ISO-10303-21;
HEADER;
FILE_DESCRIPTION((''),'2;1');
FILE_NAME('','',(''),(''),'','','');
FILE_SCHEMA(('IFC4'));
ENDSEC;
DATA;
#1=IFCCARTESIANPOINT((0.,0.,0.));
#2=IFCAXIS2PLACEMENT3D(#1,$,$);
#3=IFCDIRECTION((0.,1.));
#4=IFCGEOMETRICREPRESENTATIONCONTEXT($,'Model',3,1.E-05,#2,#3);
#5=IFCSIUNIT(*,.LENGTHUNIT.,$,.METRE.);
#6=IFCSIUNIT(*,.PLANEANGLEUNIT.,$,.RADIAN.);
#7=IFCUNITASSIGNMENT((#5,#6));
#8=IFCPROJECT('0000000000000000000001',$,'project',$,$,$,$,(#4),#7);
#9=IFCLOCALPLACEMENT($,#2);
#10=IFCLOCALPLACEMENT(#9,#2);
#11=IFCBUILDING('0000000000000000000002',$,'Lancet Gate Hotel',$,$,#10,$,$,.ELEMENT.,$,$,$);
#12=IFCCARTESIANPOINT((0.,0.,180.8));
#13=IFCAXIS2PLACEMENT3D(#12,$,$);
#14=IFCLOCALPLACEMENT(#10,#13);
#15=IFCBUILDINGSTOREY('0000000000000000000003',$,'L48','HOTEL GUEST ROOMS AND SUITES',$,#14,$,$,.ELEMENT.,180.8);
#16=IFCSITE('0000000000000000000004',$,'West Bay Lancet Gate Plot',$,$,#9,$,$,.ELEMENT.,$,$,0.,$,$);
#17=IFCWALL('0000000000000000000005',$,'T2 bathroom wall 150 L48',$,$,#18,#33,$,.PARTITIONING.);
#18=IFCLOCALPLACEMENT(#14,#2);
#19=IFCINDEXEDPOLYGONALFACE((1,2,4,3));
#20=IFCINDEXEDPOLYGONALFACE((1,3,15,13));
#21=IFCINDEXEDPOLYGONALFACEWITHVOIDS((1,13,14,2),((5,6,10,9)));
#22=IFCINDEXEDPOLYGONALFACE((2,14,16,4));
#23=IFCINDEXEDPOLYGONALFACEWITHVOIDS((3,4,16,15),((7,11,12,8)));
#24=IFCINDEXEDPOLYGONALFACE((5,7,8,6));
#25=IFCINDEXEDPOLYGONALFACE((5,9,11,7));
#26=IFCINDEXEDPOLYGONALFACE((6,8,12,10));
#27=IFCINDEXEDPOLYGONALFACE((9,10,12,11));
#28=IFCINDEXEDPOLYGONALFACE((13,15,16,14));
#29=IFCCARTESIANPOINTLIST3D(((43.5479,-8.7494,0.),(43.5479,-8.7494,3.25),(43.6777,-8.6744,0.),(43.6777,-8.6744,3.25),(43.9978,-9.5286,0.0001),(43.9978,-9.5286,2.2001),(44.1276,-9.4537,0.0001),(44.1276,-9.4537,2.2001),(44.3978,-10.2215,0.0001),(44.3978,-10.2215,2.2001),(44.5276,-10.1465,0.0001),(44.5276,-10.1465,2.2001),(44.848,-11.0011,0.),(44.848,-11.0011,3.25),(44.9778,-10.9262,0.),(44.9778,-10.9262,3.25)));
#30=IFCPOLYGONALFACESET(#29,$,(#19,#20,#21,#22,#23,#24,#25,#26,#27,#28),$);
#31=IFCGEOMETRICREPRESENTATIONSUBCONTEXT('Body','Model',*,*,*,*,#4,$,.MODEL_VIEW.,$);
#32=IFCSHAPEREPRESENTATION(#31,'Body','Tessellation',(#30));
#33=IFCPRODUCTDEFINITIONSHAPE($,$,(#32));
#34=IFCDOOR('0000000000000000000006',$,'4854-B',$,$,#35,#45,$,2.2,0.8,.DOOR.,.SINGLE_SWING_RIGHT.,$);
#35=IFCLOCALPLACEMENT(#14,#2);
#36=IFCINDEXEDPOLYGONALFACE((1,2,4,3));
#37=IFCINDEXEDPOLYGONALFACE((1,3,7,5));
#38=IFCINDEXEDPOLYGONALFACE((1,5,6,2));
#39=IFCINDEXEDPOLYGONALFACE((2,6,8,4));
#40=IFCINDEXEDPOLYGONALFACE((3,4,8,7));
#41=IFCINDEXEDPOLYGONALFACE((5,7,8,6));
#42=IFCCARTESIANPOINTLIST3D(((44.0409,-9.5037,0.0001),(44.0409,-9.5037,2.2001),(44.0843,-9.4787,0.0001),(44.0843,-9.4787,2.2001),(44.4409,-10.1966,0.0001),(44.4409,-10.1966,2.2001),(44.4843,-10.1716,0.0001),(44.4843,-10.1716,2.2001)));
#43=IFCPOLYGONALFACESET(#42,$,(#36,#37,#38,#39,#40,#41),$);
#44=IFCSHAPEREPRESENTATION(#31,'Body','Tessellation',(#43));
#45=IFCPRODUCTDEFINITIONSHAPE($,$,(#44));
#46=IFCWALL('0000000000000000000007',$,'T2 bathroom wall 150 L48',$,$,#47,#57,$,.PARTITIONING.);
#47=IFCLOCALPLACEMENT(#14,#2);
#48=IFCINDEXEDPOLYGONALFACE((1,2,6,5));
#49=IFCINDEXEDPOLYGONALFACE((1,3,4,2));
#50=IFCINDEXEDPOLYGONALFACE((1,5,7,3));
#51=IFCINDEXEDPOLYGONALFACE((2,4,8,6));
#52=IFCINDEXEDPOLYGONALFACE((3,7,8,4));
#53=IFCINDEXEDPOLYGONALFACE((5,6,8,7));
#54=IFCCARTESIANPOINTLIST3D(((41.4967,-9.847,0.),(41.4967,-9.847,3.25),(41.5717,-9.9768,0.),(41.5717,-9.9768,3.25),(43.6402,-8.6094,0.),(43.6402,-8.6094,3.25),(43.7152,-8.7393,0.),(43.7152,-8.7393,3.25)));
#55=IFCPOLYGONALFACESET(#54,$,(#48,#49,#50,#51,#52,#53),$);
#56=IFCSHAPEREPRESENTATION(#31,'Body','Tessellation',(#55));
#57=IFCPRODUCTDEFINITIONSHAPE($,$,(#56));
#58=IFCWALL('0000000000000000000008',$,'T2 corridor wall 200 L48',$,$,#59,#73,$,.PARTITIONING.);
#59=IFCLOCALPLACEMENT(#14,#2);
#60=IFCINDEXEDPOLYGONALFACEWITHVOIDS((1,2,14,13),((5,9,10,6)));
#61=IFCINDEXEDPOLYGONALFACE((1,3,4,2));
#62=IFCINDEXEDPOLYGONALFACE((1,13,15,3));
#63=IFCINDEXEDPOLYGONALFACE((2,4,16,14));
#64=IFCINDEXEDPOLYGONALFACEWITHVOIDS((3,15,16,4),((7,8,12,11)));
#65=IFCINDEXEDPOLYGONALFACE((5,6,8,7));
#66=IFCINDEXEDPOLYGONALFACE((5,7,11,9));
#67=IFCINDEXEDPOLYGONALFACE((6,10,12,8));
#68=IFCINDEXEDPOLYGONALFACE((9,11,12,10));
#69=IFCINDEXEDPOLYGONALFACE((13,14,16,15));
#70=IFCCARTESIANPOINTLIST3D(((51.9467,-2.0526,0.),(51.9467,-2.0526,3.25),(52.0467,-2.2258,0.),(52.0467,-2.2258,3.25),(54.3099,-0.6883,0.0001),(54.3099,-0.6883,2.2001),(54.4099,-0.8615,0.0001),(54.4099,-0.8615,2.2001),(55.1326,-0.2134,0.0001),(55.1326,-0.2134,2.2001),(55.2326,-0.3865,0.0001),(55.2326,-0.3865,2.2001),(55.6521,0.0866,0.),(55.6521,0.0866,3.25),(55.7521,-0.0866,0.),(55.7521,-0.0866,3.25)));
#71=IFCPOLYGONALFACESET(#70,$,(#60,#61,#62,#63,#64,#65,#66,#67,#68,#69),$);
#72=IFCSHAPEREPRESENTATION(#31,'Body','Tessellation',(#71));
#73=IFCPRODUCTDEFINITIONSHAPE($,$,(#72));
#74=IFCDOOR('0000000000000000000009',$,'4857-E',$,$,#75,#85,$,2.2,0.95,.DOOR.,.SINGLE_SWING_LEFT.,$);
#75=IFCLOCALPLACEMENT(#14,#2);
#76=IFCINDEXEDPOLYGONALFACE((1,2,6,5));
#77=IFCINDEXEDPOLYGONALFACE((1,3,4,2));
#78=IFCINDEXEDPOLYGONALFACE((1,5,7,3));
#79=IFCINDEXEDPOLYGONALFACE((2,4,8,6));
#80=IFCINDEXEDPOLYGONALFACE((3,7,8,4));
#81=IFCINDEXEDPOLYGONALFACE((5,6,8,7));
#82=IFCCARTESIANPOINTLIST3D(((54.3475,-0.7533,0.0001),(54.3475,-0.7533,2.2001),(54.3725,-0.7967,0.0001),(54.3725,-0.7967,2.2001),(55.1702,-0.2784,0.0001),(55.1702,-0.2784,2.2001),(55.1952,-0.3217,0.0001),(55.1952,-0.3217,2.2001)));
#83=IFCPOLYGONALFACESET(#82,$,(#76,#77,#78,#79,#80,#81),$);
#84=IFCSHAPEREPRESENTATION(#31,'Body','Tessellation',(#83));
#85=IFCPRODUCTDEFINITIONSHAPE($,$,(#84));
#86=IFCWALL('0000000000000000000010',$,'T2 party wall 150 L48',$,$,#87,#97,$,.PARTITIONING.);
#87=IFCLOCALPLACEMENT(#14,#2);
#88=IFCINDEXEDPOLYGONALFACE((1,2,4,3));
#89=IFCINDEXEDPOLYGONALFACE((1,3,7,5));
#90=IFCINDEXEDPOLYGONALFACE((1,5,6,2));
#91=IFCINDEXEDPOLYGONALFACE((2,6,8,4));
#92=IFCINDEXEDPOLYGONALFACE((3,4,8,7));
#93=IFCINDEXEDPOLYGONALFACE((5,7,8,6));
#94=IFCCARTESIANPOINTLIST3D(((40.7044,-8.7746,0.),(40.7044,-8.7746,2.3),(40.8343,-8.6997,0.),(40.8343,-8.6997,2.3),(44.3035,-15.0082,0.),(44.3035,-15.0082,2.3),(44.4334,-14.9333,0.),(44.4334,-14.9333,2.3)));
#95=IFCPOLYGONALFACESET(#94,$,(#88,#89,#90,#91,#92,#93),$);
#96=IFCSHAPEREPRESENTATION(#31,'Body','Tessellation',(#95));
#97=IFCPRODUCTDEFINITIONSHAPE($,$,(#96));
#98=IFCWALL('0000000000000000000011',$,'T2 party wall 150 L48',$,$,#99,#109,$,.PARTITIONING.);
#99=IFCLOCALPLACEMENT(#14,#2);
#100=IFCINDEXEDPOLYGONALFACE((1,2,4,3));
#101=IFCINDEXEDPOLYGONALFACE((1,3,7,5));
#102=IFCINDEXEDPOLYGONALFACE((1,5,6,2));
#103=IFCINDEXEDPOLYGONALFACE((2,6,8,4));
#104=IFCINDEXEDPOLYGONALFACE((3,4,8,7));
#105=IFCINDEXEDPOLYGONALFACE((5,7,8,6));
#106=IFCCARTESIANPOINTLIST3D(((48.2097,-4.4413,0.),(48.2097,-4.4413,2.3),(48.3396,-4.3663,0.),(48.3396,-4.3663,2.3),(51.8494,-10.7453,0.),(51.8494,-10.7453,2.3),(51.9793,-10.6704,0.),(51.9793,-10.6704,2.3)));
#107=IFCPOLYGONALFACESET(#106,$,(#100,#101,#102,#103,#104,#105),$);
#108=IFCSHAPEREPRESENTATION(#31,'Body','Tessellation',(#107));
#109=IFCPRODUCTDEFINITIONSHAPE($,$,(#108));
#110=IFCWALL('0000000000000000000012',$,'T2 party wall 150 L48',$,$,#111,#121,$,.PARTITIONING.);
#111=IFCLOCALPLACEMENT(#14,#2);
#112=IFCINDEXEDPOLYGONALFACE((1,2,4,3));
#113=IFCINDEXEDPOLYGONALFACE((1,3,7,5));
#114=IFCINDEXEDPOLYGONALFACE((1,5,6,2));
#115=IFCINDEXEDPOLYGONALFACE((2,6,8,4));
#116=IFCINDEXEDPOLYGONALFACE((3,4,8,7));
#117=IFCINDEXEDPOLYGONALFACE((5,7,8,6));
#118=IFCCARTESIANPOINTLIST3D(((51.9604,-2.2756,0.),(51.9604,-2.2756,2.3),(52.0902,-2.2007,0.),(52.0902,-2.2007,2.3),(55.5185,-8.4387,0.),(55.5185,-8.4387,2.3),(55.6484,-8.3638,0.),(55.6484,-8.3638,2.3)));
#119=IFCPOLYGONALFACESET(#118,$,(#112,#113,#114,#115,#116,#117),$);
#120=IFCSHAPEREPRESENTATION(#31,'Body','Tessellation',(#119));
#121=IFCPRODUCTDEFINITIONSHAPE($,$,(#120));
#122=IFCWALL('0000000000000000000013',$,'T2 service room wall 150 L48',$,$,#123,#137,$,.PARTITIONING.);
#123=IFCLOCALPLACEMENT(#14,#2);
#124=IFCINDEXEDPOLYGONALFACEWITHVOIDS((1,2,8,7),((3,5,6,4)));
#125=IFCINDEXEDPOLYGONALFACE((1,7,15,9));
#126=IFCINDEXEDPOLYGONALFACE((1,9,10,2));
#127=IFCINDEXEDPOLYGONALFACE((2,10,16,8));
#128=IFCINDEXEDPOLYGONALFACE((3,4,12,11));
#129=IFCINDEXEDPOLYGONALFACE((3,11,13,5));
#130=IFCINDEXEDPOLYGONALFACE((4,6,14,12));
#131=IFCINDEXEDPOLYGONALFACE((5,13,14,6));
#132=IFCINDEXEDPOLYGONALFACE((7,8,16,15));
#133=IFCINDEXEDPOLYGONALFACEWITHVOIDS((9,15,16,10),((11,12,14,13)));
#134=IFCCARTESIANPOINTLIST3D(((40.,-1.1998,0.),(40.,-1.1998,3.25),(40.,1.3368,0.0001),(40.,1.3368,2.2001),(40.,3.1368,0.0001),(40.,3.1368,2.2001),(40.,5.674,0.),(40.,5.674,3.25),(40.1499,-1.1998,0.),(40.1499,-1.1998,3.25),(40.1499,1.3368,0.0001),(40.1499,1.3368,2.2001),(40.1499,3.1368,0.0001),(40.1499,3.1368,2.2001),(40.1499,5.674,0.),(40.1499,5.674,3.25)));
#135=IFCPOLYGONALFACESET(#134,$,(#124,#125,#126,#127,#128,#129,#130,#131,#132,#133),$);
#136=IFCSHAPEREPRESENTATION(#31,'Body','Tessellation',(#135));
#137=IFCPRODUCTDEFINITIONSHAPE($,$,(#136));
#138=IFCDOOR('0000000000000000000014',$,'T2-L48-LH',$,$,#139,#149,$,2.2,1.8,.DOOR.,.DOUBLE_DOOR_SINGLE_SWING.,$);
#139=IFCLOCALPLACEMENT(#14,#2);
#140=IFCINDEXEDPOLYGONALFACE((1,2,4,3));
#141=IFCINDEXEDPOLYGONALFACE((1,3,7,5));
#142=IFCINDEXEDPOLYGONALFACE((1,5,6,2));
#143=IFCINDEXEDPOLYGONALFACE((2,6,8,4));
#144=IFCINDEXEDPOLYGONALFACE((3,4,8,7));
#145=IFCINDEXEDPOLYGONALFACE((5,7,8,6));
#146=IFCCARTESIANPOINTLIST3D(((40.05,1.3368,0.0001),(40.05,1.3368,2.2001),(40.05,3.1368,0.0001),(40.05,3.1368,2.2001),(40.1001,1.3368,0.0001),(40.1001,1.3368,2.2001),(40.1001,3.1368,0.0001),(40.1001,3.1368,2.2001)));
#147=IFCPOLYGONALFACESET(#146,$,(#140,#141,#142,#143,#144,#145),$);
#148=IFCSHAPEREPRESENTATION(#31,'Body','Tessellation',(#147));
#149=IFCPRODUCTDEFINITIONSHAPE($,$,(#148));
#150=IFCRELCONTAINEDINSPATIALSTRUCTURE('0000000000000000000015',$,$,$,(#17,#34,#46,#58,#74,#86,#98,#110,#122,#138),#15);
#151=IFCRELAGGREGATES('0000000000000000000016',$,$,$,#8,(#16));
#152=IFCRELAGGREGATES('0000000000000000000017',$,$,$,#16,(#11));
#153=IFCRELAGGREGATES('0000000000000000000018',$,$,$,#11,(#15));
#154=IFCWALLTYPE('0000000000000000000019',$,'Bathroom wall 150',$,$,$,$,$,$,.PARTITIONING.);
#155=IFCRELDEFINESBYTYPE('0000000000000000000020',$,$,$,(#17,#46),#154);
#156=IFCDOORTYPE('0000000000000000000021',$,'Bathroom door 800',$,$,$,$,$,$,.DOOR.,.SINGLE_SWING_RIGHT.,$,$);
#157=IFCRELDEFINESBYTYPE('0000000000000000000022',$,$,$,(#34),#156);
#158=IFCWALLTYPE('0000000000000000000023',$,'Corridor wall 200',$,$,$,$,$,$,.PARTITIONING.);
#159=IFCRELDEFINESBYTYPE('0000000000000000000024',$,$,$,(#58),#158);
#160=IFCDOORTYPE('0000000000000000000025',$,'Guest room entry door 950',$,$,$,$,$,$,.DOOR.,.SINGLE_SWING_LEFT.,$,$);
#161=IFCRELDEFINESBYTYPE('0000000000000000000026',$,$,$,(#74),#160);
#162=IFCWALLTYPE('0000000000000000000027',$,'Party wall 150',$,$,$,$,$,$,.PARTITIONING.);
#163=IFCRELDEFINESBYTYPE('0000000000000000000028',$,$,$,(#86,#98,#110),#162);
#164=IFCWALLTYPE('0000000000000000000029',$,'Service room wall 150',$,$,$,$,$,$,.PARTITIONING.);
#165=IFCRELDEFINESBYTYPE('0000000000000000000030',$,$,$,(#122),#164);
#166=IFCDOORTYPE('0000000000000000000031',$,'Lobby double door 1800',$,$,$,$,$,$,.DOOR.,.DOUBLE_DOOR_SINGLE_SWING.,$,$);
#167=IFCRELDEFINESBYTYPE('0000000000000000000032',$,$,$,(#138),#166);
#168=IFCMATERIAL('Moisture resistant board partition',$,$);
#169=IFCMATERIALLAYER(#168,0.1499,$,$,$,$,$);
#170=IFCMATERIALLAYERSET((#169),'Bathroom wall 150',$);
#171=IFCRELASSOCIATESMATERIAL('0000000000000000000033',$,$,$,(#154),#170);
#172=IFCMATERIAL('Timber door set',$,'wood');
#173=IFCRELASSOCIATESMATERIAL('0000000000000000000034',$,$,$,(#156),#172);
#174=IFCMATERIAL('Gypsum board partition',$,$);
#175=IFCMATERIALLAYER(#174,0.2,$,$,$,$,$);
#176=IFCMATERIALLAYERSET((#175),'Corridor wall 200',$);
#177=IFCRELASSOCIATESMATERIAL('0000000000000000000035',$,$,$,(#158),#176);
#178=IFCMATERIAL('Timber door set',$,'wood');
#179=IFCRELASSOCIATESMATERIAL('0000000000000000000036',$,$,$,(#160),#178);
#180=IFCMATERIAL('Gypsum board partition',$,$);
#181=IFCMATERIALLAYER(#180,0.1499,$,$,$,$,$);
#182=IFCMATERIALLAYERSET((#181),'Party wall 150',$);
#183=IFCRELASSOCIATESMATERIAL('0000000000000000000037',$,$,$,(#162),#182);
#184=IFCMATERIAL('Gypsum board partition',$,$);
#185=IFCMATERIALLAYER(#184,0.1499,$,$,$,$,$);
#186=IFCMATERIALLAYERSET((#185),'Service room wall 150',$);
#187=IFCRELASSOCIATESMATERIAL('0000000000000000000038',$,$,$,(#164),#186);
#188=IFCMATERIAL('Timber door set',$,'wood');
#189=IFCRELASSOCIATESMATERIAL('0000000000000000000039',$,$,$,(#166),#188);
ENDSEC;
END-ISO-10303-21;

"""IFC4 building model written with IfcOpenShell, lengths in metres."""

from ifc_helpers import new_model, si_unit, direction, frame, frame_2d, origin, place, context, subcontext, project, spatial, rectangle, extrude, material, layer, layer_set, type_object, element, fill, save


model = new_model("IFC4")

# Units and contexts
model_context = context("Model", 3, precision=1e-05, world=origin(), true_north=direction((0.0, 1.0)))
body_context = subcontext(model_context, "Body", "Model", "MODEL_VIEW")
ifc_project = project(units=[si_unit("LENGTHUNIT", "METRE"), si_unit("PLANEANGLEUNIT", "RADIAN")], contexts=[model_context])

# Site, building, storey
site_placement = place(None, origin())
site = spatial("IfcSite", under=ifc_project, at=site_placement, Name="West Bay Lancet Gate Plot", CompositionType="ELEMENT", RefElevation=0.0)
building_placement = place(site_placement, origin())
building = spatial("IfcBuilding", under=site, at=building_placement, Name="Lancet Gate Hotel", CompositionType="ELEMENT")
storey_placement = place(building_placement, frame((0.0, 0.0, 180.8)))
storey = spatial("IfcBuildingStorey", under=building, at=storey_placement, Name="L48", Description="HOTEL GUEST ROOMS AND SUITES", CompositionType="ELEMENT", Elevation=180.8)

# Shared definitions
ifc_material_1 = material(Name="Moisture resistant board partition")
ifc_layer_1 = layer(ifc_material_1, 0.1499)
ifc_layer_set_1 = layer_set([ifc_layer_1], Name="Bathroom wall 150")
wall_type_1 = type_object("IfcWallType", Name="Bathroom wall 150", PredefinedType="PARTITIONING", material=ifc_layer_set_1)

# Wall, opening, door
wall_1_placement = place(storey_placement, frame((43.6128, -8.7119, 0.0), z_axis=(0.0, 0.0, 1.0), x_axis=(0.500007, -0.866021, 0.0)))
wall_1 = element("IfcWall", 1, at=wall_1_placement, inside=storey, type_object=wall_type_1, Name="T2 bathroom wall 150 L48", PredefinedType="PARTITIONING", context=body_context, shape_type="SweptSolid", body=[
    extrude(rectangle(XDim=2.6001, YDim=0.1499, at=frame_2d((1.3, 0.0))), origin(), (0.0, 0.0, 1.0), 3.25),
])
opening_1_placement = place(wall_1_placement, frame((0.8999, 0.0, 0.0)))
opening_1 = element("IfcOpeningElement", 2, at=opening_1_placement, cuts=wall_1, PredefinedType="OPENING", context=body_context, shape_type="SweptSolid", body=[
    extrude(rectangle(XDim=0.8, YDim=2.2, at=frame_2d((0.3999, 1.1001))), frame((0.0, 0.085, 0.0), z_axis=(0.0, -1.0, 0.0), x_axis=(1.0, 0.0, 0.0)), (0.0, 0.0, 1.0), 0.1699),
])
ifc_material_2 = material(Name="Timber door set", Category="wood")
door_type_1 = type_object("IfcDoorType", Name="Bathroom door 800", OperationType="SINGLE_SWING_RIGHT", PredefinedType="DOOR", material=ifc_material_2)
door_1_placement = place(opening_1_placement, origin())
door_1 = element("IfcDoor", 3, at=door_1_placement, inside=storey, type_object=door_type_1, Name="4854-B", OperationType="SINGLE_SWING_RIGHT", OverallHeight=2.2, OverallWidth=0.8, PredefinedType="DOOR", context=body_context, shape_type="SweptSolid", body=[
    extrude(rectangle(XDim=0.8, YDim=2.2, at=frame_2d((0.3999, 1.1001))), frame((0.0, 0.0249, 0.0), z_axis=(0.0, -1.0, 0.0), x_axis=(1.0, 0.0, 0.0)), (0.0, 0.0, 1.0), 0.05),
])
fill(opening_1, door_1)

# Wall
wall_2_placement = place(storey_placement, frame((41.5342, -9.9119, 0.0), z_axis=(0.0, 0.0, 1.0), x_axis=(0.866031, 0.49999, 0.0)))
element("IfcWall", 4, at=wall_2_placement, inside=storey, type_object=wall_type_1, Name="T2 bathroom wall 150 L48", PredefinedType="PARTITIONING", context=body_context, shape_type="SweptSolid", body=[
    extrude(rectangle(XDim=2.4751, YDim=0.1499, at=frame_2d((1.2375, 0.0))), origin(), (0.0, 0.0, 1.0), 3.25),
])

# Wall, opening, door
ifc_material_3 = material(Name="Gypsum board partition")
ifc_layer_2 = layer(ifc_material_3, 0.2)
ifc_layer_set_2 = layer_set([ifc_layer_2], Name="Corridor wall 200")
wall_type_2 = type_object("IfcWallType", Name="Corridor wall 200", PredefinedType="PARTITIONING", material=ifc_layer_set_2)
wall_3_placement = place(storey_placement, frame((51.9968, -2.1392, 0.0), z_axis=(0.0, 0.0, 1.0), x_axis=(0.866036, 0.499981, 0.0)))
wall_3 = element("IfcWall", 5, at=wall_3_placement, inside=storey, type_object=wall_type_2, Name="T2 corridor wall 200 L48", PredefinedType="PARTITIONING", context=body_context, shape_type="SweptSolid", body=[
    extrude(rectangle(XDim=4.2786, YDim=0.2, at=frame_2d((2.1392, 0.0))), origin(), (0.0, 0.0, 1.0), 3.25),
])
opening_2_placement = place(wall_3_placement, frame((2.7285, 0.0, 0.0)))
opening_2 = element("IfcOpeningElement", 6, at=opening_2_placement, cuts=wall_3, PredefinedType="OPENING", context=body_context, shape_type="SweptSolid", body=[
    extrude(rectangle(XDim=0.95, YDim=2.2, at=frame_2d((0.4751, 1.1001))), frame((0.0, 0.1099, 0.0), z_axis=(0.0, -1.0, 0.0), x_axis=(1.0, 0.0, 0.0)), (0.0, 0.0, 1.0), 0.22),
])
ifc_material_4 = material(Name="Timber door set", Category="wood")
door_type_2 = type_object("IfcDoorType", Name="Guest room entry door 950", OperationType="SINGLE_SWING_LEFT", PredefinedType="DOOR", material=ifc_material_4)
door_2_placement = place(opening_2_placement, origin())
door_2 = element("IfcDoor", 7, at=door_2_placement, inside=storey, type_object=door_type_2, Name="4857-E", OperationType="SINGLE_SWING_LEFT", OverallHeight=2.2, OverallWidth=0.95, PredefinedType="DOOR", context=body_context, shape_type="SweptSolid", body=[
    extrude(rectangle(XDim=0.95, YDim=2.2, at=frame_2d((0.4751, 1.1001))), frame((0.0, 0.0249, 0.0), z_axis=(0.0, -1.0, 0.0), x_axis=(1.0, 0.0, 0.0)), (0.0, 0.0, 1.0), 0.05),
])
fill(opening_2, door_2)

# Walls
ifc_material_5 = material(Name="Gypsum board partition")
ifc_layer_3 = layer(ifc_material_5, 0.1499)
ifc_layer_set_3 = layer_set([ifc_layer_3], Name="Party wall 150")
wall_type_3 = type_object("IfcWallType", Name="Party wall 150", PredefinedType="PARTITIONING", material=ifc_layer_set_3)
wall_4_placement = place(storey_placement, frame((40.7693, -8.7371, 0.0), z_axis=(0.0, 0.0, 1.0), x_axis=(0.500013, -0.866018, 0.0)))
element("IfcWall", 8, at=wall_4_placement, inside=storey, type_object=wall_type_3, Name="T2 party wall 150 L48", PredefinedType="PARTITIONING", context=body_context, shape_type="SweptSolid", body=[
    extrude(rectangle(XDim=7.198, YDim=0.1499, at=frame_2d((3.5991, 0.0))), origin(), (0.0, 0.0, 1.0), 2.3),
])
wall_5_placement = place(storey_placement, frame((48.2747, -4.4038, 0.0), z_axis=(0.0, 0.0, 1.0), x_axis=(0.500006, -0.866022, 0.0)))
element("IfcWall", 9, at=wall_5_placement, inside=storey, type_object=wall_type_3, Name="T2 party wall 150 L48", PredefinedType="PARTITIONING", context=body_context, shape_type="SweptSolid", body=[
    extrude(rectangle(XDim=7.2793, YDim=0.1499, at=frame_2d((3.6396, 0.0))), origin(), (0.0, 0.0, 1.0), 2.3),
])
wall_6_placement = place(storey_placement, frame((52.0254, -2.2383, 0.0), z_axis=(0.0, 0.0, 1.0), x_axis=(0.499984, -0.866035, 0.0)))
element("IfcWall", 10, at=wall_6_placement, inside=storey, type_object=wall_type_3, Name="T2 party wall 150 L48", PredefinedType="PARTITIONING", context=body_context, shape_type="SweptSolid", body=[
    extrude(rectangle(XDim=7.1165, YDim=0.1499, at=frame_2d((3.5581, 0.0))), origin(), (0.0, 0.0, 1.0), 2.3),
])

# Wall, opening, door
ifc_material_6 = material(Name="Gypsum board partition")
ifc_layer_4 = layer(ifc_material_6, 0.1499)
ifc_layer_set_4 = layer_set([ifc_layer_4], Name="Service room wall 150")
wall_type_4 = type_object("IfcWallType", Name="Service room wall 150", PredefinedType="PARTITIONING", material=ifc_layer_set_4)
wall_7_placement = place(storey_placement, frame((40.075, -1.2, 0.0), z_axis=(0.0, 0.0, 1.0), x_axis=(0.0, 1.0, 0.0)))
wall_7 = element("IfcWall", 11, at=wall_7_placement, inside=storey, type_object=wall_type_4, Name="T2 service room wall 150 L48", PredefinedType="PARTITIONING", context=body_context, shape_type="SweptSolid", body=[
    extrude(rectangle(XDim=6.8738, YDim=0.1499, at=frame_2d((3.437, 0.0))), origin(), (0.0, 0.0, 1.0), 3.25),
])
opening_3_placement = place(wall_7_placement, frame((2.5369, 0.0, 0.0)))
opening_3 = element("IfcOpeningElement", 12, at=opening_3_placement, cuts=wall_7, PredefinedType="OPENING", context=body_context, shape_type="SweptSolid", body=[
    extrude(rectangle(XDim=1.8, YDim=2.2, at=frame_2d((0.8999, 1.1001))), frame((0.0, 0.085, 0.0), z_axis=(0.0, -1.0, 0.0), x_axis=(1.0, 0.0, 0.0)), (0.0, 0.0, 1.0), 0.1699),
])
ifc_material_7 = material(Name="Timber door set", Category="wood")
door_type_3 = type_object("IfcDoorType", Name="Lobby double door 1800", OperationType="DOUBLE_DOOR_SINGLE_SWING", PredefinedType="DOOR", material=ifc_material_7)
door_3_placement = place(opening_3_placement, origin())
door_3 = element("IfcDoor", 13, at=door_3_placement, inside=storey, type_object=door_type_3, Name="T2-L48-LH", OperationType="DOUBLE_DOOR_SINGLE_SWING", OverallHeight=2.2, OverallWidth=1.8, PredefinedType="DOOR", context=body_context, shape_type="SweptSolid", body=[
    extrude(rectangle(XDim=1.8, YDim=2.2, at=frame_2d((0.8999, 1.1001))), frame((0.0, 0.0249, 0.0), z_axis=(0.0, -1.0, 0.0), x_axis=(1.0, 0.0, 0.0)), (0.0, 0.0, 1.0), 0.05),
])
fill(opening_3, door_3)

save(model, "model.ifc")
